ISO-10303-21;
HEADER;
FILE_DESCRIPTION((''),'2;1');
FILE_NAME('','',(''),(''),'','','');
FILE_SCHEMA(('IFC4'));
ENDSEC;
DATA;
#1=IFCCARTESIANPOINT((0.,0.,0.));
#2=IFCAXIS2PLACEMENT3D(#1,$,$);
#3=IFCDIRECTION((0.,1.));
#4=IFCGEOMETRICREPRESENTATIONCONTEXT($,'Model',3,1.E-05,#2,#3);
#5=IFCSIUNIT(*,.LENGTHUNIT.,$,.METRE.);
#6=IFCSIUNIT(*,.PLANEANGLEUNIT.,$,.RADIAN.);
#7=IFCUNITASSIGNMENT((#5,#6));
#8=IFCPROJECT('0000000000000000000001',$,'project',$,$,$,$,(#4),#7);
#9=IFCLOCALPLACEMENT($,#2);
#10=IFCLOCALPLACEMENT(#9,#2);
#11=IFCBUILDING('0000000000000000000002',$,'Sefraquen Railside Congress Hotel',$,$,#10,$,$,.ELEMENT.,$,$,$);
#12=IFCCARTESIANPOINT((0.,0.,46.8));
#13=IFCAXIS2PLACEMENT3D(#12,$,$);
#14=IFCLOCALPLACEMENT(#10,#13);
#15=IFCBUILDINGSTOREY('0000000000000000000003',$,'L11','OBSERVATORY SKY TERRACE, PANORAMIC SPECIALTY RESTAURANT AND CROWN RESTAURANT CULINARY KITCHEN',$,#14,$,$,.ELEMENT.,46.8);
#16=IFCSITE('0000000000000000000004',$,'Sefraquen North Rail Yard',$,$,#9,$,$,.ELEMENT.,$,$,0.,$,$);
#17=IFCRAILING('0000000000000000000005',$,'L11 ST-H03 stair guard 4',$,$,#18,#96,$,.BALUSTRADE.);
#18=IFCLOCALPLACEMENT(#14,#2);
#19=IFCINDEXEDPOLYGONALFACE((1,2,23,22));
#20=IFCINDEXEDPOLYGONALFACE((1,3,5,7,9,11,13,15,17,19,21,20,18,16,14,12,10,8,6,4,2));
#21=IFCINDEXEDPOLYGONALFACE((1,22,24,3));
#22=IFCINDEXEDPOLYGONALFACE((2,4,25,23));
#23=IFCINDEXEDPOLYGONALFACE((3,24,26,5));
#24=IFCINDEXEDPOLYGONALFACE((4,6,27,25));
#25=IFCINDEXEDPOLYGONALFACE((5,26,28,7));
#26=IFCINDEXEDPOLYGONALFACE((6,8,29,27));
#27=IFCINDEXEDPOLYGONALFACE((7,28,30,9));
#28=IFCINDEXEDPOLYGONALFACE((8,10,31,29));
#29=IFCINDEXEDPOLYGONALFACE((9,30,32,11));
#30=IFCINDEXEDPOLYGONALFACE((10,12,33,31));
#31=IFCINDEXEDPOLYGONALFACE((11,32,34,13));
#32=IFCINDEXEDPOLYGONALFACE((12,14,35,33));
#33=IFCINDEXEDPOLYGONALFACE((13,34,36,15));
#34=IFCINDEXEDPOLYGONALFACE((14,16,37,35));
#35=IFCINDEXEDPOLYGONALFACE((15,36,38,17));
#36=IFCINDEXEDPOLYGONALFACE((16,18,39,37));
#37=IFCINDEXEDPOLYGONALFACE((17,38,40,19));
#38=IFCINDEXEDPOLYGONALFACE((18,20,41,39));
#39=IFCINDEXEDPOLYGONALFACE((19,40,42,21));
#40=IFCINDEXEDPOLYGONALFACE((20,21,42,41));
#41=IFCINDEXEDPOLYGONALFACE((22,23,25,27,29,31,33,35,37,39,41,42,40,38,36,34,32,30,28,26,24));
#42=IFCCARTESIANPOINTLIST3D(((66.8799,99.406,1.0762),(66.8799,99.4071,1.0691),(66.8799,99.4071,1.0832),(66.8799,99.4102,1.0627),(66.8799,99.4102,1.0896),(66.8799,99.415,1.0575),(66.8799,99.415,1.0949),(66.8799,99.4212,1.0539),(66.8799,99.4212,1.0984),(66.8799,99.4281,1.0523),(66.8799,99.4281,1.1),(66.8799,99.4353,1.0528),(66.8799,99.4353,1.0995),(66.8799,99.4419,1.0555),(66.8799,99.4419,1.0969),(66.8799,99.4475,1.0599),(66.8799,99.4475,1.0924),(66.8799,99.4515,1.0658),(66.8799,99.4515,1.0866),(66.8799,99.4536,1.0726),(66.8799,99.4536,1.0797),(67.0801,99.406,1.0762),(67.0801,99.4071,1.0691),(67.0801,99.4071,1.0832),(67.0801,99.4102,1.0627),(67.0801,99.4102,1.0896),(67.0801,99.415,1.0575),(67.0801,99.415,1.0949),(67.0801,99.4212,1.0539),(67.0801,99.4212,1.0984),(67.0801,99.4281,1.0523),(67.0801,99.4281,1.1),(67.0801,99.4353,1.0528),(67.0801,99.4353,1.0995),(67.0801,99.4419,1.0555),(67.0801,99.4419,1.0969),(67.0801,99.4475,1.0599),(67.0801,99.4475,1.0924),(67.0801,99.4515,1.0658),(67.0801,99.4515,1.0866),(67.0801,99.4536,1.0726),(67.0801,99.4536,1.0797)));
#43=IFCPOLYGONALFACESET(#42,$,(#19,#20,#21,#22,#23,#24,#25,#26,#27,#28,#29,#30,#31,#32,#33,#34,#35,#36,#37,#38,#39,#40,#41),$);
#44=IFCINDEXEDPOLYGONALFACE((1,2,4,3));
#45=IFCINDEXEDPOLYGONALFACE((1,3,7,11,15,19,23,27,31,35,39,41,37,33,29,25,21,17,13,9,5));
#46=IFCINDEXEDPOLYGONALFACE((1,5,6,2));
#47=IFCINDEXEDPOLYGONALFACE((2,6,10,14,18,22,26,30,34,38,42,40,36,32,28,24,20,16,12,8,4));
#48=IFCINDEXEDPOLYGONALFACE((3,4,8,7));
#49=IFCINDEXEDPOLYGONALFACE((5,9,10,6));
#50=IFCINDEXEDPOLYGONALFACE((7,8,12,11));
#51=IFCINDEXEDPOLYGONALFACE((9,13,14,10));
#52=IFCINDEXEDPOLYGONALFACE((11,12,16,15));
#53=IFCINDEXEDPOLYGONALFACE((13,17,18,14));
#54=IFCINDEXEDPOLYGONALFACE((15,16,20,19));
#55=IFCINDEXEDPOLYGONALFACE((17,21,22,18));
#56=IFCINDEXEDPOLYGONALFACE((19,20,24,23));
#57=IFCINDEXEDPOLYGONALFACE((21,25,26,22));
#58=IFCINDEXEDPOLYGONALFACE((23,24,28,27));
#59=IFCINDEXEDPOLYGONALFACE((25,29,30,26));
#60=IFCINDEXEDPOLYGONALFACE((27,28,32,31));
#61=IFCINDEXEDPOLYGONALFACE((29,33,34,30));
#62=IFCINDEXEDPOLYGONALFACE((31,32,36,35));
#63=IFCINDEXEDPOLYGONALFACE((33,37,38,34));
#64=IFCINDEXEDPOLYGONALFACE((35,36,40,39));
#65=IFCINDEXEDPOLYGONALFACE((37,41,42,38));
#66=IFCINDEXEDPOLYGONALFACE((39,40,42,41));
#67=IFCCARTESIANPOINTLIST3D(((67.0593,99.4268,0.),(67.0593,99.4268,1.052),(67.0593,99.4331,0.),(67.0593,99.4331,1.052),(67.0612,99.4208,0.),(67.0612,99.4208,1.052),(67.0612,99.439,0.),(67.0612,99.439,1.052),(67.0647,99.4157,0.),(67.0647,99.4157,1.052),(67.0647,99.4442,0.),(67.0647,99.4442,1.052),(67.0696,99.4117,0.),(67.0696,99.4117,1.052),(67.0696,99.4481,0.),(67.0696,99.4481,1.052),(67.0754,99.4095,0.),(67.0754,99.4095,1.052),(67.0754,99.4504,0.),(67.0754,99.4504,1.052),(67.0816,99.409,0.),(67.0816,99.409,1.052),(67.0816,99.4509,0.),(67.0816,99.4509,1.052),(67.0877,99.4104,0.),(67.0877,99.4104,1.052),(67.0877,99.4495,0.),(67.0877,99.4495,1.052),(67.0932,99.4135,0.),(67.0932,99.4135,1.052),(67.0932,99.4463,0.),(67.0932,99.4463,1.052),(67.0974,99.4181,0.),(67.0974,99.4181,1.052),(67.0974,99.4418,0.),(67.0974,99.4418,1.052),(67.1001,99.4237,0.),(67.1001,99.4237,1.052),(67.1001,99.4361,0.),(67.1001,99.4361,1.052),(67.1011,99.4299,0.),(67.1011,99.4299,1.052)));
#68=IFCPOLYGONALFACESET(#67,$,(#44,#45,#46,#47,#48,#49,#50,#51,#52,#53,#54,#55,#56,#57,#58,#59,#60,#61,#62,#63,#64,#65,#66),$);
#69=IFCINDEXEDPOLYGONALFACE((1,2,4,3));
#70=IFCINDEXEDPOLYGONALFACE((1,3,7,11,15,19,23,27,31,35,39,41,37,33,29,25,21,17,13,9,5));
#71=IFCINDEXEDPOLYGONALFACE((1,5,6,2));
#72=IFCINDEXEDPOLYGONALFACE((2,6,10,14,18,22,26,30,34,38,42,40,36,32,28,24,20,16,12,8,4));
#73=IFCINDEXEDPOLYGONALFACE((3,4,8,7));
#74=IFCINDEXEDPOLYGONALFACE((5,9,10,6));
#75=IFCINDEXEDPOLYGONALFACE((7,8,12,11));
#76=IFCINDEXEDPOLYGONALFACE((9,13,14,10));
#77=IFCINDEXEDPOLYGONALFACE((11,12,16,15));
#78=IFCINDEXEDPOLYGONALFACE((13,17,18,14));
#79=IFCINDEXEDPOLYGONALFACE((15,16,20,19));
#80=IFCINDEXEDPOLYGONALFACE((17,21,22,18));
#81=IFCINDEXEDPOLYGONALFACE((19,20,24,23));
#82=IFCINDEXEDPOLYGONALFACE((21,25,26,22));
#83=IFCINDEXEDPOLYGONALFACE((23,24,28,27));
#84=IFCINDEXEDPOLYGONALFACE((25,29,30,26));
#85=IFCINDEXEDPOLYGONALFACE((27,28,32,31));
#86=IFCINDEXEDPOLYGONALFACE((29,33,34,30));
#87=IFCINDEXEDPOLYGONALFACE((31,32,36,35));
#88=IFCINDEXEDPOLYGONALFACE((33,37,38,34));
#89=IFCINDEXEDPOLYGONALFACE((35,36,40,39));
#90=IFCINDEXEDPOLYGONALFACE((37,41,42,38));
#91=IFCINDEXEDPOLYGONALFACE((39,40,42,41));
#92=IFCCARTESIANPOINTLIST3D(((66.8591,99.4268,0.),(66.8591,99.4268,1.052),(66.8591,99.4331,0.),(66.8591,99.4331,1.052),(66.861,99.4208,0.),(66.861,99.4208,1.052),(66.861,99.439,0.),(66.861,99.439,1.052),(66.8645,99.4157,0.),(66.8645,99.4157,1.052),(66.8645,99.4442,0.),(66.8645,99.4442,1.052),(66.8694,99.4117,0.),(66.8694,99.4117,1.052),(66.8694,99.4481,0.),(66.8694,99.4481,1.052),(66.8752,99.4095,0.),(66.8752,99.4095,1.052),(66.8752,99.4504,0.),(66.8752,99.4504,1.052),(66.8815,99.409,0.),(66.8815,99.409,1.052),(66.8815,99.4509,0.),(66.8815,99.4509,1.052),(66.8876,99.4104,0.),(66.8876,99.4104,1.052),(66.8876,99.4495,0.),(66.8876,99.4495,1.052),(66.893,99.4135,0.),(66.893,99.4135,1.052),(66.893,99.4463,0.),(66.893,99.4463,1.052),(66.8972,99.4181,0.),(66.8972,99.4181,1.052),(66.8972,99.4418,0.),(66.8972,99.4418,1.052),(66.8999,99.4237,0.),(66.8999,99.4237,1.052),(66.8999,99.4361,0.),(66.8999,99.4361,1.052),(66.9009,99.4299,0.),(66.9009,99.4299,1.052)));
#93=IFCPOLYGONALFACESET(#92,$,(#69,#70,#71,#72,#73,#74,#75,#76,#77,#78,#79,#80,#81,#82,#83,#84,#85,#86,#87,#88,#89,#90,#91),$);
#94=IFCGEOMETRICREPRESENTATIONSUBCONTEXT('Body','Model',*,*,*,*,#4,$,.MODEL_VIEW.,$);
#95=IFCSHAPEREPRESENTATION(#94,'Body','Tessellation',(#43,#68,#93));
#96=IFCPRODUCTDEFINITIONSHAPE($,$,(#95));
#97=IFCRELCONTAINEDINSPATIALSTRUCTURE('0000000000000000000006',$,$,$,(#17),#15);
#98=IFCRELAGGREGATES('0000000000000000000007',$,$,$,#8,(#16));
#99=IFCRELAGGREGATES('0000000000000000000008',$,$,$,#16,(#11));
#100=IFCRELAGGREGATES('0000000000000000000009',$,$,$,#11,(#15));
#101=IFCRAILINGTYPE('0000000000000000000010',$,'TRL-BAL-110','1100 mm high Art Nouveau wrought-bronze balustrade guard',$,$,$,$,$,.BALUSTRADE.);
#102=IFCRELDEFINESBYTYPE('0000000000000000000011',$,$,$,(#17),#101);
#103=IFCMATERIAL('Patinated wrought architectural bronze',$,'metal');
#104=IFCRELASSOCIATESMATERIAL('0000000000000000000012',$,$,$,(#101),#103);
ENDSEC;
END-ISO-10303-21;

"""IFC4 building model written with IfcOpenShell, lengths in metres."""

from ifc_helpers import new_model, si_unit, direction, frame, origin, origin_2d, place, context, subcontext, project, spatial, circle, extrude, material, type_object, element, save


model = new_model("IFC4")

# Units and contexts
model_context = context("Model", 3, precision=1e-05, world=origin(), true_north=direction((0.0, 1.0)))
body_context = subcontext(model_context, "Body", "Model", "MODEL_VIEW")
ifc_project = project(units=[si_unit("LENGTHUNIT", "METRE"), si_unit("PLANEANGLEUNIT", "RADIAN")], contexts=[model_context])

# Site, building, storey
site_placement = place(None, origin())
site = spatial("IfcSite", under=ifc_project, at=site_placement, Name="Sefraquen North Rail Yard", CompositionType="ELEMENT", RefElevation=0.0)
building_placement = place(site_placement, origin())
building = spatial("IfcBuilding", under=site, at=building_placement, Name="Sefraquen Railside Congress Hotel", CompositionType="ELEMENT")
storey_placement = place(building_placement, frame((0.0, 0.0, 46.8)))
storey = spatial("IfcBuildingStorey", under=building, at=storey_placement, Name="L11", Description="OBSERVATORY SKY TERRACE, PANORAMIC SPECIALTY RESTAURANT AND CROWN RESTAURANT CULINARY KITCHEN", CompositionType="ELEMENT", Elevation=46.8)

# Railing
ifc_material_1 = material(Name="Patinated wrought architectural bronze", Category="metal")
railing_type = type_object("IfcRailingType", Name="TRL-BAL-110", Description="1100 mm high Art Nouveau wrought-bronze balustrade guard", PredefinedType="BALUSTRADE", material=ifc_material_1)
railing_1_placement = place(storey_placement, frame((67.0801, 99.4299, 0.0)))
element("IfcRailing", 1, at=railing_1_placement, inside=storey, type_object=railing_type, Name="L11 ST-H03 stair guard 4", PredefinedType="BALUSTRADE", context=body_context, shape_type="SweptSolid", body=[
    extrude(circle(Radius=0.0239, at=origin_2d()), frame((0.0, 0.0, 1.0762), z_axis=(-1.0, 0.0, 0.0), x_axis=(0.0, -1.0, 0.0)), (0.0, 0.0, 1.0), 0.2002),
    extrude(circle(Radius=0.021, at=origin_2d()), origin(), (0.0, 0.0, 1.0), 1.052),
    extrude(circle(Radius=0.021, at=origin_2d()), frame((-0.2002, 0.0, 0.0)), (0.0, 0.0, 1.0), 1.052),
])

save(model, "model.ifc")
